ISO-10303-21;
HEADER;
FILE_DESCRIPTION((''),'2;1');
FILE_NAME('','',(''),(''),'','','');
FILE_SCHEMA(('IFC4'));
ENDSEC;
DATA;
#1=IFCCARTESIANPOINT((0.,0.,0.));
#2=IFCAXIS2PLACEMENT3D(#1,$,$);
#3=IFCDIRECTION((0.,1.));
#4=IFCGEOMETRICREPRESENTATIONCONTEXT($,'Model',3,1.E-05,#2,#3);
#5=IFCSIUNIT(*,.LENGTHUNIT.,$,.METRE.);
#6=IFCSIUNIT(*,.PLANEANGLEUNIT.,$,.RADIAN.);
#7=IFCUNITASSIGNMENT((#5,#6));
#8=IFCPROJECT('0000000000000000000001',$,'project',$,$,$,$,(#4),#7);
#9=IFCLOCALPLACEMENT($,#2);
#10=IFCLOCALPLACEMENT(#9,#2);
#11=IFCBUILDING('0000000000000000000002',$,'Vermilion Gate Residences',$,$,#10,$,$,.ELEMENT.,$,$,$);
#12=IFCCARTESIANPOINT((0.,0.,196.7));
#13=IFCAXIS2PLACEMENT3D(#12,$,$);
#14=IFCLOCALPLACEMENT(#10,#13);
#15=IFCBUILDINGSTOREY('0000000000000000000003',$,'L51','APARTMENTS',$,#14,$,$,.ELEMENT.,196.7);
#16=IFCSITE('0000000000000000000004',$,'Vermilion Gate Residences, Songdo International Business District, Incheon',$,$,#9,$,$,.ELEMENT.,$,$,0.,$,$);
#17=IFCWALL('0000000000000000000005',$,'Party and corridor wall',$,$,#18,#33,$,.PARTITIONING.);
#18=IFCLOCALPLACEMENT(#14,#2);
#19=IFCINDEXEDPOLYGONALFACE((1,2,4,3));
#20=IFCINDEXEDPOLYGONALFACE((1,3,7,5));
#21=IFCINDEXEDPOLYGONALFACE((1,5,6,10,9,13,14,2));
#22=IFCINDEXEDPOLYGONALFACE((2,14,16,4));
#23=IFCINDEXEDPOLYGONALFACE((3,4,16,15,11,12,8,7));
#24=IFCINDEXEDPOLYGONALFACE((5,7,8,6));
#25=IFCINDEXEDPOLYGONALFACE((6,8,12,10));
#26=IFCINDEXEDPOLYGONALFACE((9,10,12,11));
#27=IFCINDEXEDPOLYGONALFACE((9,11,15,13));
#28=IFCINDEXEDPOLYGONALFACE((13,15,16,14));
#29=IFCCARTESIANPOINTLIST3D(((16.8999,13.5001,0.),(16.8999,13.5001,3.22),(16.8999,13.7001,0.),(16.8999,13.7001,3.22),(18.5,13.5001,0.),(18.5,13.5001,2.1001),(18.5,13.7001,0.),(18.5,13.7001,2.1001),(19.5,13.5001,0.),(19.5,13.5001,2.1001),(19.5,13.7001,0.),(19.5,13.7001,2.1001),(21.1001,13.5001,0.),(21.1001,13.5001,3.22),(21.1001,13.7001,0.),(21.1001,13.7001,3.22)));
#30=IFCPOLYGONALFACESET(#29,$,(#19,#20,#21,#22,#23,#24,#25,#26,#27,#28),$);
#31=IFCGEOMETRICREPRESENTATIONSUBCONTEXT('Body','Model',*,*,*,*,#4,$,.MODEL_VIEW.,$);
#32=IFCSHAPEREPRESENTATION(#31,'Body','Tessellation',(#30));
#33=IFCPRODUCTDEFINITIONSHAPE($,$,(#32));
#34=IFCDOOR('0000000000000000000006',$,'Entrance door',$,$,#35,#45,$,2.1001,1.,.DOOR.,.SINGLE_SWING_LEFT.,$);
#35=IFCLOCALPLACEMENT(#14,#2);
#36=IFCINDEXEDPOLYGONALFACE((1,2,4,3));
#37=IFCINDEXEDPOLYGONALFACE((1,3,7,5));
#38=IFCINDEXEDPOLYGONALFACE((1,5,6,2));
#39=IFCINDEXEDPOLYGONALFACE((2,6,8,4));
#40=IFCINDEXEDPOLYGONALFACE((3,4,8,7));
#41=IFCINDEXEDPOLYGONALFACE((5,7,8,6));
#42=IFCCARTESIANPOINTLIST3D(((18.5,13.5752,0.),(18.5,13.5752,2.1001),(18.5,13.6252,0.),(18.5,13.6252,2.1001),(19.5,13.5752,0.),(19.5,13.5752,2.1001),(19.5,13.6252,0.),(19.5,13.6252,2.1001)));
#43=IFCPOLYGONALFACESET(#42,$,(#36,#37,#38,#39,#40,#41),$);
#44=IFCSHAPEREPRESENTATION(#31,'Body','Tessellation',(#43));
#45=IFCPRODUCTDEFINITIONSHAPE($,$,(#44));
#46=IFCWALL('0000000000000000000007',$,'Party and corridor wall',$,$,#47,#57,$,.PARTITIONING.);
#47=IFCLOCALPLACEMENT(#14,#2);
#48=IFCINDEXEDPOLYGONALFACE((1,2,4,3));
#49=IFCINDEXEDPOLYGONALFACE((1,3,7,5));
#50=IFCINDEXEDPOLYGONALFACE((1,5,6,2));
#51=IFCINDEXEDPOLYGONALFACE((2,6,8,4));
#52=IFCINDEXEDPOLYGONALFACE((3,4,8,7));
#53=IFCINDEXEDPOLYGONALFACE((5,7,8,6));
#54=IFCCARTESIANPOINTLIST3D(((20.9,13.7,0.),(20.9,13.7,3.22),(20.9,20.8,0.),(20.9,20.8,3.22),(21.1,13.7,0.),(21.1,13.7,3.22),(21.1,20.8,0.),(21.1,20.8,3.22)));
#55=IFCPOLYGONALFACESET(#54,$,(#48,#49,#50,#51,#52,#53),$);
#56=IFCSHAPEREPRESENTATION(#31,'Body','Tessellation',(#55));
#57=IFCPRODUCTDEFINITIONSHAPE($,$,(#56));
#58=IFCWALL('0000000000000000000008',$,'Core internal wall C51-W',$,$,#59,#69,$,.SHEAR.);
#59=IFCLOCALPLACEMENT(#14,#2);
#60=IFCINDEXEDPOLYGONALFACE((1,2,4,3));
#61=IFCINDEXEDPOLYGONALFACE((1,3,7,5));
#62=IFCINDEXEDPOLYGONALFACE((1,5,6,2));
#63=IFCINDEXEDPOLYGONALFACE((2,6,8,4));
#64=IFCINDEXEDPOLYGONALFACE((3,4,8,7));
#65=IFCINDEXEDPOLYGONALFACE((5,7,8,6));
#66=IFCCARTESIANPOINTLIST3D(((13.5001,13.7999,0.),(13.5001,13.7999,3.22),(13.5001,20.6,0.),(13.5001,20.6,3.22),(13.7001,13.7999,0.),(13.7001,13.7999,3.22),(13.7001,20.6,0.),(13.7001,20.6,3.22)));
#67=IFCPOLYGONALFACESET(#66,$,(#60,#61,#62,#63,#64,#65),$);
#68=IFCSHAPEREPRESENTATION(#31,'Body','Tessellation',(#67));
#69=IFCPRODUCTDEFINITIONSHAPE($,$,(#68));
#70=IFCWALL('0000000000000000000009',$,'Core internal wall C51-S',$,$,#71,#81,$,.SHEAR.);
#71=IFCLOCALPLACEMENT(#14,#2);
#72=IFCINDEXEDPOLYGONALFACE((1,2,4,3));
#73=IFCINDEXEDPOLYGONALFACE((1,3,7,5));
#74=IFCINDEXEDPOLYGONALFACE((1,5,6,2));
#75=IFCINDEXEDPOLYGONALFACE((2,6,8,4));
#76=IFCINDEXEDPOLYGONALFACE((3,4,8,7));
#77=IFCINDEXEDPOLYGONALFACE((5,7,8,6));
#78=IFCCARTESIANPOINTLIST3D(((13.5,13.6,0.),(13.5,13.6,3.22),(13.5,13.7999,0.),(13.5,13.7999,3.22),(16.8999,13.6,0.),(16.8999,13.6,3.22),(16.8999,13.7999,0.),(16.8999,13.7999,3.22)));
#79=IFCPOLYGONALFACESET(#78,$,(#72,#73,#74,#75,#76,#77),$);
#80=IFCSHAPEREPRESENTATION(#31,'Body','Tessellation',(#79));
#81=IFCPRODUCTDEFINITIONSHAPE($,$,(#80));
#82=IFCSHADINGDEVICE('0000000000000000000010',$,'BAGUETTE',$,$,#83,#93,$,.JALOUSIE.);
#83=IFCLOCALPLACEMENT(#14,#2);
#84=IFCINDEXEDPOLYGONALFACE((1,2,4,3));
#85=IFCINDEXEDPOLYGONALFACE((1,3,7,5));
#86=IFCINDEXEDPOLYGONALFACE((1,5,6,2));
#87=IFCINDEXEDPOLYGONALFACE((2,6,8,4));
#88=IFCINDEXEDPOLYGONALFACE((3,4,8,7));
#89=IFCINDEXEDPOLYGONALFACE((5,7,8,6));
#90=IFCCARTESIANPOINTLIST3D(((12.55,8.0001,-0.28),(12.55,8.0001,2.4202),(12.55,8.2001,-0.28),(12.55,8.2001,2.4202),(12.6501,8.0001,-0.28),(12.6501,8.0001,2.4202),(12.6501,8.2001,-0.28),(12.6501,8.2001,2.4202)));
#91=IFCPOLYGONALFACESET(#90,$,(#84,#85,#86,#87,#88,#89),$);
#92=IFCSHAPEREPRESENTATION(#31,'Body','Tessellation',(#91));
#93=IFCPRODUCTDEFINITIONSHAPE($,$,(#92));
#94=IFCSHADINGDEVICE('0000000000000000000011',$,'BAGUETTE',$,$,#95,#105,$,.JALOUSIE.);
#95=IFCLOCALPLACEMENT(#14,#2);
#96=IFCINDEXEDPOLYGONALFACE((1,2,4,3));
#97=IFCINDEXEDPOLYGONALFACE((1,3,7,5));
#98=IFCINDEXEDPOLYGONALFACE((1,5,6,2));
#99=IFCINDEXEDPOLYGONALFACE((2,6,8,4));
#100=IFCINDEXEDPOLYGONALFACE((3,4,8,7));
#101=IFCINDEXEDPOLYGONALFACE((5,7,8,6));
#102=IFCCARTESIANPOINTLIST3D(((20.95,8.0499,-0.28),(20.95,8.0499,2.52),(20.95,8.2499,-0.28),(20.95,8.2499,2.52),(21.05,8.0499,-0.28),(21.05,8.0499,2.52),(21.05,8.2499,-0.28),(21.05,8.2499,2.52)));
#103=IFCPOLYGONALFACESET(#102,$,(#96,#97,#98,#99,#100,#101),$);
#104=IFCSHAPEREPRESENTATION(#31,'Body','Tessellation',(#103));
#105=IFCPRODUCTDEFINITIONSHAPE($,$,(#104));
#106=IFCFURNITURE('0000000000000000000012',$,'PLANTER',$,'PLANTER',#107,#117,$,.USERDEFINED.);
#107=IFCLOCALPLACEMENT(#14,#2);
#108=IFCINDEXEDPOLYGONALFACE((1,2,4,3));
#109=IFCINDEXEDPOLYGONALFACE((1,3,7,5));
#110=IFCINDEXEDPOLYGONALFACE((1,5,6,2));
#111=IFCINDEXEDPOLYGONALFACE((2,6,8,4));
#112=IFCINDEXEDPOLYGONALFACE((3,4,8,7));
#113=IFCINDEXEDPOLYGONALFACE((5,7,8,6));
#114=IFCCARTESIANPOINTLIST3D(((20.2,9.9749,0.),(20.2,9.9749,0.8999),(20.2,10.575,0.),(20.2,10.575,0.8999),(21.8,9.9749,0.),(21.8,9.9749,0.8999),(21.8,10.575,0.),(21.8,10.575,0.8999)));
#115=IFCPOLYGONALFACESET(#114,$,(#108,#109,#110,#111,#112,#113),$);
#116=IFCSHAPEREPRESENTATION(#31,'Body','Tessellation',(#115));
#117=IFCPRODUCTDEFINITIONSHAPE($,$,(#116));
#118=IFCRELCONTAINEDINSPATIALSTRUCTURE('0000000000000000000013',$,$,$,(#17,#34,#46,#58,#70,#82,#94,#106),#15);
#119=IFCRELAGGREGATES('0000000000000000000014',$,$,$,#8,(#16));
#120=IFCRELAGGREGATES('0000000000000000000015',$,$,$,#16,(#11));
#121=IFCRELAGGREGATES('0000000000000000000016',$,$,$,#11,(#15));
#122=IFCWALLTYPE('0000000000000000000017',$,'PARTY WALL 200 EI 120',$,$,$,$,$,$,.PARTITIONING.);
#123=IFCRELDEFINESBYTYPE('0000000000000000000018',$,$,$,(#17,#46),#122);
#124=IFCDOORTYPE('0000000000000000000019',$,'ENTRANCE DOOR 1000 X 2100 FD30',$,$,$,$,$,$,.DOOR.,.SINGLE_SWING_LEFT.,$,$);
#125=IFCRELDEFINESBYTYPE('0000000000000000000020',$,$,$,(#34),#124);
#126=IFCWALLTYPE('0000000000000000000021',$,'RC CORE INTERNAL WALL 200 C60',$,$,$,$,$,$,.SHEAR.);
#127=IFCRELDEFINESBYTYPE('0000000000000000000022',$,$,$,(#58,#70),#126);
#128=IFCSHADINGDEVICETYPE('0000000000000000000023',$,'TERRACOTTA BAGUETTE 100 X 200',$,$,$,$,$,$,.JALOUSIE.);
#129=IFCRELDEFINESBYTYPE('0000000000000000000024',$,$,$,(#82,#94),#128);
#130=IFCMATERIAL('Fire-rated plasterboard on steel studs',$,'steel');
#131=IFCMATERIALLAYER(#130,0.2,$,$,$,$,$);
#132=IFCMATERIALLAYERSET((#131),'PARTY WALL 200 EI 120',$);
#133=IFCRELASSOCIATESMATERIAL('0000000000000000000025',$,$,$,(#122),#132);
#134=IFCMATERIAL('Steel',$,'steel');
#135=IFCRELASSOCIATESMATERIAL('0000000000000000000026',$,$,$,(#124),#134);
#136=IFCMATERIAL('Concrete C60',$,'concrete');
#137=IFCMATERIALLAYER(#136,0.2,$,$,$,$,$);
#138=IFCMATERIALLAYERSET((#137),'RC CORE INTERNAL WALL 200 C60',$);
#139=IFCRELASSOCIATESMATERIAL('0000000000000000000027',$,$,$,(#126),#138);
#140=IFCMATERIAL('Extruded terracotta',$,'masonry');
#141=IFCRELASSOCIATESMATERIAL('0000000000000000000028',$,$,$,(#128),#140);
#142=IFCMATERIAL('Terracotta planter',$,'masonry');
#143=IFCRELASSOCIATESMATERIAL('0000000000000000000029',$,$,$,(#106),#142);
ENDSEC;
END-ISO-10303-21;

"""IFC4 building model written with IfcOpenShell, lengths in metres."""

from ifc_helpers import new_model, si_unit, direction, frame, frame_2d, origin, origin_2d, place, context, subcontext, project, spatial, rectangle, extrude, material, layer, layer_set, material_profile, profile_set, type_object, element, fill, save


model = new_model("IFC4")

# Units and contexts
model_context = context("Model", 3, precision=1e-05, world=origin(), true_north=direction((0.0, 1.0)))
body_context = subcontext(model_context, "Body", "Model", "MODEL_VIEW")
ifc_project = project(units=[si_unit("LENGTHUNIT", "METRE"), si_unit("PLANEANGLEUNIT", "RADIAN")], contexts=[model_context])

# Site, building, storey
site_placement = place(None, origin())
site = spatial("IfcSite", under=ifc_project, at=site_placement, Name="Vermilion Gate Residences, Songdo International Business District, Incheon", CompositionType="ELEMENT", RefElevation=0.0)
building_placement = place(site_placement, origin())
building = spatial("IfcBuilding", under=site, at=building_placement, Name="Vermilion Gate Residences", CompositionType="ELEMENT")
storey_placement = place(building_placement, frame((0.0, 0.0, 196.7)))
storey = spatial("IfcBuildingStorey", under=building, at=storey_placement, Name="L51", Description="APARTMENTS", CompositionType="ELEMENT", Elevation=196.7)

# Wall, opening, door
ifc_material_1 = material(Name="Fire-rated plasterboard on steel studs", Category="steel")
ifc_layer_1 = layer(ifc_material_1, 0.2)
ifc_layer_set_1 = layer_set([ifc_layer_1], Name="PARTY WALL 200 EI 120")
wall_type_1 = type_object("IfcWallType", Name="PARTY WALL 200 EI 120", PredefinedType="PARTITIONING", material=ifc_layer_set_1)
wall_1_placement = place(storey_placement, frame((16.8999, 13.6001, 0.0), z_axis=(0.0, 0.0, 1.0), x_axis=(1.0, 0.0, 0.0)))
wall_1 = element("IfcWall", 1, at=wall_1_placement, inside=storey, type_object=wall_type_1, Name="Party and corridor wall", PredefinedType="PARTITIONING", context=body_context, shape_type="SweptSolid", body=[
    extrude(rectangle(XDim=4.2002, YDim=0.2, at=frame_2d((2.1001, 0.0))), origin(), (0.0, 0.0, 1.0), 3.22),
])
opening_1_placement = place(wall_1_placement, frame((1.6001, 0.0, 0.0)))
opening_1 = element("IfcOpeningElement", 2, at=opening_1_placement, cuts=wall_1, PredefinedType="OPENING", context=body_context, shape_type="SweptSolid", body=[
    extrude(rectangle(XDim=1.0, YDim=2.1001, at=frame_2d((0.5, 1.05))), frame((0.0, 0.1099, 0.0), z_axis=(0.0, -1.0, 0.0), x_axis=(1.0, 0.0, 0.0)), (0.0, 0.0, 1.0), 0.22),
])
ifc_material_2 = material(Name="Steel", Category="steel")
door_type_1 = type_object("IfcDoorType", Name="ENTRANCE DOOR 1000 X 2100 FD30", OperationType="SINGLE_SWING_LEFT", PredefinedType="DOOR", material=ifc_material_2)
door_1_placement = place(opening_1_placement, frame((1.0, 0.0, 0.0), z_axis=(0.0, 0.0, 1.0), x_axis=(-1.0, 0.0, 0.0)))
door_1 = element("IfcDoor", 3, at=door_1_placement, inside=storey, type_object=door_type_1, Name="Entrance door", OperationType="SINGLE_SWING_LEFT", OverallHeight=2.1001, OverallWidth=1.0, PredefinedType="DOOR", context=body_context, shape_type="SweptSolid", body=[
    extrude(rectangle(XDim=1.0, YDim=2.1001, at=frame_2d((0.5, 1.05))), frame((0.0, 0.0249, 0.0), z_axis=(0.0, -1.0, 0.0), x_axis=(1.0, 0.0, 0.0)), (0.0, 0.0, 1.0), 0.05),
])
fill(opening_1, door_1)

# Walls
wall_2_placement = place(storey_placement, frame((21.0, 13.7, 0.0), z_axis=(0.0, 0.0, 1.0), x_axis=(0.0, 1.0, 0.0)))
element("IfcWall", 4, at=wall_2_placement, inside=storey, type_object=wall_type_1, Name="Party and corridor wall", PredefinedType="PARTITIONING", context=body_context, shape_type="SweptSolid", body=[
    extrude(rectangle(XDim=7.1001, YDim=0.2, at=frame_2d((3.55, 0.0))), origin(), (0.0, 0.0, 1.0), 3.22),
])
ifc_material_3 = material(Name="Concrete C60", Category="concrete")
ifc_layer_2 = layer(ifc_material_3, 0.2)
ifc_layer_set_2 = layer_set([ifc_layer_2], Name="RC CORE INTERNAL WALL 200 C60")
wall_type_2 = type_object("IfcWallType", Name="RC CORE INTERNAL WALL 200 C60", PredefinedType="SHEAR", material=ifc_layer_set_2)
wall_3_placement = place(storey_placement, frame((13.6001, 13.8, 0.0), z_axis=(0.0, 0.0, 1.0), x_axis=(0.0, 1.0, 0.0)))
element("IfcWall", 5, at=wall_3_placement, inside=storey, type_object=wall_type_2, Name="Core internal wall C51-W", PredefinedType="SHEAR", context=body_context, shape_type="SweptSolid", body=[
    extrude(rectangle(XDim=6.8, YDim=0.2, at=frame_2d((3.3999, 0.0))), origin(), (0.0, 0.0, 1.0), 3.22),
])
wall_4_placement = place(storey_placement, frame((13.5, 13.7, 0.0), z_axis=(0.0, 0.0, 1.0), x_axis=(1.0, 0.0, 0.0)))
element("IfcWall", 6, at=wall_4_placement, inside=storey, type_object=wall_type_2, Name="Core internal wall C51-S", PredefinedType="SHEAR", context=body_context, shape_type="SweptSolid", body=[
    extrude(rectangle(XDim=3.3999, YDim=0.2, at=frame_2d((1.7, 0.0))), origin(), (0.0, 0.0, 1.0), 3.22),
])

# Shading devices
ifc_material_4 = material(Name="Extruded terracotta", Category="masonry")
ifc_material_profile_1 = material_profile(ifc_material_4, rectangle(XDim=0.2, YDim=0.1001, at=origin_2d()), Name="BAGUETTE 100 X 200")
ifc_profile_set_1 = profile_set([ifc_material_profile_1], Name="Extruded terracotta")
shading_device_type = type_object("IfcShadingDeviceType", Name="TERRACOTTA BAGUETTE 100 X 200", PredefinedType="JALOUSIE", material=ifc_profile_set_1)
shading_device_1_placement = place(storey_placement, frame((12.6001, 8.1001, -0.28), z_axis=(0.0, 0.0, 1.0), x_axis=(0.0, 1.0, 0.0)))
element("IfcShadingDevice", 7, at=shading_device_1_placement, inside=storey, type_object=shading_device_type, Name="BAGUETTE", PredefinedType="JALOUSIE", context=body_context, shape_type="SweptSolid", body=[
    extrude(rectangle(XDim=0.2, YDim=0.1001, at=origin_2d()), origin(), (0.0, 0.0, 1.0), 2.7002),
])
shading_device_2_placement = place(storey_placement, frame((21.0, 8.1499, -0.28), z_axis=(0.0, 0.0, 1.0), x_axis=(0.0, 1.0, 0.0)))
element("IfcShadingDevice", 8, at=shading_device_2_placement, inside=storey, type_object=shading_device_type, Name="BAGUETTE", PredefinedType="JALOUSIE", context=body_context, shape_type="SweptSolid", body=[
    extrude(rectangle(XDim=0.2, YDim=0.1001, at=origin_2d()), origin(), (0.0, 0.0, 1.0), 2.8),
])

# Furniture
ifc_material_5 = material(Name="Terracotta planter", Category="masonry")
furniture_placement = place(storey_placement, frame((21.0, 10.2749, 0.0), z_axis=(0.0, 0.0, 1.0), x_axis=(1.0, 0.0, 0.0)))
element("IfcFurniture", 9, at=furniture_placement, inside=storey, material=ifc_material_5, Name="PLANTER", ObjectType="PLANTER", PredefinedType="USERDEFINED", context=body_context, shape_type="SweptSolid", body=[
    extrude(rectangle(XDim=1.6001, YDim=0.6001, at=origin_2d()), origin(), (0.0, 0.0, 1.0), 0.8999),
])

save(model, "model.ifc")
